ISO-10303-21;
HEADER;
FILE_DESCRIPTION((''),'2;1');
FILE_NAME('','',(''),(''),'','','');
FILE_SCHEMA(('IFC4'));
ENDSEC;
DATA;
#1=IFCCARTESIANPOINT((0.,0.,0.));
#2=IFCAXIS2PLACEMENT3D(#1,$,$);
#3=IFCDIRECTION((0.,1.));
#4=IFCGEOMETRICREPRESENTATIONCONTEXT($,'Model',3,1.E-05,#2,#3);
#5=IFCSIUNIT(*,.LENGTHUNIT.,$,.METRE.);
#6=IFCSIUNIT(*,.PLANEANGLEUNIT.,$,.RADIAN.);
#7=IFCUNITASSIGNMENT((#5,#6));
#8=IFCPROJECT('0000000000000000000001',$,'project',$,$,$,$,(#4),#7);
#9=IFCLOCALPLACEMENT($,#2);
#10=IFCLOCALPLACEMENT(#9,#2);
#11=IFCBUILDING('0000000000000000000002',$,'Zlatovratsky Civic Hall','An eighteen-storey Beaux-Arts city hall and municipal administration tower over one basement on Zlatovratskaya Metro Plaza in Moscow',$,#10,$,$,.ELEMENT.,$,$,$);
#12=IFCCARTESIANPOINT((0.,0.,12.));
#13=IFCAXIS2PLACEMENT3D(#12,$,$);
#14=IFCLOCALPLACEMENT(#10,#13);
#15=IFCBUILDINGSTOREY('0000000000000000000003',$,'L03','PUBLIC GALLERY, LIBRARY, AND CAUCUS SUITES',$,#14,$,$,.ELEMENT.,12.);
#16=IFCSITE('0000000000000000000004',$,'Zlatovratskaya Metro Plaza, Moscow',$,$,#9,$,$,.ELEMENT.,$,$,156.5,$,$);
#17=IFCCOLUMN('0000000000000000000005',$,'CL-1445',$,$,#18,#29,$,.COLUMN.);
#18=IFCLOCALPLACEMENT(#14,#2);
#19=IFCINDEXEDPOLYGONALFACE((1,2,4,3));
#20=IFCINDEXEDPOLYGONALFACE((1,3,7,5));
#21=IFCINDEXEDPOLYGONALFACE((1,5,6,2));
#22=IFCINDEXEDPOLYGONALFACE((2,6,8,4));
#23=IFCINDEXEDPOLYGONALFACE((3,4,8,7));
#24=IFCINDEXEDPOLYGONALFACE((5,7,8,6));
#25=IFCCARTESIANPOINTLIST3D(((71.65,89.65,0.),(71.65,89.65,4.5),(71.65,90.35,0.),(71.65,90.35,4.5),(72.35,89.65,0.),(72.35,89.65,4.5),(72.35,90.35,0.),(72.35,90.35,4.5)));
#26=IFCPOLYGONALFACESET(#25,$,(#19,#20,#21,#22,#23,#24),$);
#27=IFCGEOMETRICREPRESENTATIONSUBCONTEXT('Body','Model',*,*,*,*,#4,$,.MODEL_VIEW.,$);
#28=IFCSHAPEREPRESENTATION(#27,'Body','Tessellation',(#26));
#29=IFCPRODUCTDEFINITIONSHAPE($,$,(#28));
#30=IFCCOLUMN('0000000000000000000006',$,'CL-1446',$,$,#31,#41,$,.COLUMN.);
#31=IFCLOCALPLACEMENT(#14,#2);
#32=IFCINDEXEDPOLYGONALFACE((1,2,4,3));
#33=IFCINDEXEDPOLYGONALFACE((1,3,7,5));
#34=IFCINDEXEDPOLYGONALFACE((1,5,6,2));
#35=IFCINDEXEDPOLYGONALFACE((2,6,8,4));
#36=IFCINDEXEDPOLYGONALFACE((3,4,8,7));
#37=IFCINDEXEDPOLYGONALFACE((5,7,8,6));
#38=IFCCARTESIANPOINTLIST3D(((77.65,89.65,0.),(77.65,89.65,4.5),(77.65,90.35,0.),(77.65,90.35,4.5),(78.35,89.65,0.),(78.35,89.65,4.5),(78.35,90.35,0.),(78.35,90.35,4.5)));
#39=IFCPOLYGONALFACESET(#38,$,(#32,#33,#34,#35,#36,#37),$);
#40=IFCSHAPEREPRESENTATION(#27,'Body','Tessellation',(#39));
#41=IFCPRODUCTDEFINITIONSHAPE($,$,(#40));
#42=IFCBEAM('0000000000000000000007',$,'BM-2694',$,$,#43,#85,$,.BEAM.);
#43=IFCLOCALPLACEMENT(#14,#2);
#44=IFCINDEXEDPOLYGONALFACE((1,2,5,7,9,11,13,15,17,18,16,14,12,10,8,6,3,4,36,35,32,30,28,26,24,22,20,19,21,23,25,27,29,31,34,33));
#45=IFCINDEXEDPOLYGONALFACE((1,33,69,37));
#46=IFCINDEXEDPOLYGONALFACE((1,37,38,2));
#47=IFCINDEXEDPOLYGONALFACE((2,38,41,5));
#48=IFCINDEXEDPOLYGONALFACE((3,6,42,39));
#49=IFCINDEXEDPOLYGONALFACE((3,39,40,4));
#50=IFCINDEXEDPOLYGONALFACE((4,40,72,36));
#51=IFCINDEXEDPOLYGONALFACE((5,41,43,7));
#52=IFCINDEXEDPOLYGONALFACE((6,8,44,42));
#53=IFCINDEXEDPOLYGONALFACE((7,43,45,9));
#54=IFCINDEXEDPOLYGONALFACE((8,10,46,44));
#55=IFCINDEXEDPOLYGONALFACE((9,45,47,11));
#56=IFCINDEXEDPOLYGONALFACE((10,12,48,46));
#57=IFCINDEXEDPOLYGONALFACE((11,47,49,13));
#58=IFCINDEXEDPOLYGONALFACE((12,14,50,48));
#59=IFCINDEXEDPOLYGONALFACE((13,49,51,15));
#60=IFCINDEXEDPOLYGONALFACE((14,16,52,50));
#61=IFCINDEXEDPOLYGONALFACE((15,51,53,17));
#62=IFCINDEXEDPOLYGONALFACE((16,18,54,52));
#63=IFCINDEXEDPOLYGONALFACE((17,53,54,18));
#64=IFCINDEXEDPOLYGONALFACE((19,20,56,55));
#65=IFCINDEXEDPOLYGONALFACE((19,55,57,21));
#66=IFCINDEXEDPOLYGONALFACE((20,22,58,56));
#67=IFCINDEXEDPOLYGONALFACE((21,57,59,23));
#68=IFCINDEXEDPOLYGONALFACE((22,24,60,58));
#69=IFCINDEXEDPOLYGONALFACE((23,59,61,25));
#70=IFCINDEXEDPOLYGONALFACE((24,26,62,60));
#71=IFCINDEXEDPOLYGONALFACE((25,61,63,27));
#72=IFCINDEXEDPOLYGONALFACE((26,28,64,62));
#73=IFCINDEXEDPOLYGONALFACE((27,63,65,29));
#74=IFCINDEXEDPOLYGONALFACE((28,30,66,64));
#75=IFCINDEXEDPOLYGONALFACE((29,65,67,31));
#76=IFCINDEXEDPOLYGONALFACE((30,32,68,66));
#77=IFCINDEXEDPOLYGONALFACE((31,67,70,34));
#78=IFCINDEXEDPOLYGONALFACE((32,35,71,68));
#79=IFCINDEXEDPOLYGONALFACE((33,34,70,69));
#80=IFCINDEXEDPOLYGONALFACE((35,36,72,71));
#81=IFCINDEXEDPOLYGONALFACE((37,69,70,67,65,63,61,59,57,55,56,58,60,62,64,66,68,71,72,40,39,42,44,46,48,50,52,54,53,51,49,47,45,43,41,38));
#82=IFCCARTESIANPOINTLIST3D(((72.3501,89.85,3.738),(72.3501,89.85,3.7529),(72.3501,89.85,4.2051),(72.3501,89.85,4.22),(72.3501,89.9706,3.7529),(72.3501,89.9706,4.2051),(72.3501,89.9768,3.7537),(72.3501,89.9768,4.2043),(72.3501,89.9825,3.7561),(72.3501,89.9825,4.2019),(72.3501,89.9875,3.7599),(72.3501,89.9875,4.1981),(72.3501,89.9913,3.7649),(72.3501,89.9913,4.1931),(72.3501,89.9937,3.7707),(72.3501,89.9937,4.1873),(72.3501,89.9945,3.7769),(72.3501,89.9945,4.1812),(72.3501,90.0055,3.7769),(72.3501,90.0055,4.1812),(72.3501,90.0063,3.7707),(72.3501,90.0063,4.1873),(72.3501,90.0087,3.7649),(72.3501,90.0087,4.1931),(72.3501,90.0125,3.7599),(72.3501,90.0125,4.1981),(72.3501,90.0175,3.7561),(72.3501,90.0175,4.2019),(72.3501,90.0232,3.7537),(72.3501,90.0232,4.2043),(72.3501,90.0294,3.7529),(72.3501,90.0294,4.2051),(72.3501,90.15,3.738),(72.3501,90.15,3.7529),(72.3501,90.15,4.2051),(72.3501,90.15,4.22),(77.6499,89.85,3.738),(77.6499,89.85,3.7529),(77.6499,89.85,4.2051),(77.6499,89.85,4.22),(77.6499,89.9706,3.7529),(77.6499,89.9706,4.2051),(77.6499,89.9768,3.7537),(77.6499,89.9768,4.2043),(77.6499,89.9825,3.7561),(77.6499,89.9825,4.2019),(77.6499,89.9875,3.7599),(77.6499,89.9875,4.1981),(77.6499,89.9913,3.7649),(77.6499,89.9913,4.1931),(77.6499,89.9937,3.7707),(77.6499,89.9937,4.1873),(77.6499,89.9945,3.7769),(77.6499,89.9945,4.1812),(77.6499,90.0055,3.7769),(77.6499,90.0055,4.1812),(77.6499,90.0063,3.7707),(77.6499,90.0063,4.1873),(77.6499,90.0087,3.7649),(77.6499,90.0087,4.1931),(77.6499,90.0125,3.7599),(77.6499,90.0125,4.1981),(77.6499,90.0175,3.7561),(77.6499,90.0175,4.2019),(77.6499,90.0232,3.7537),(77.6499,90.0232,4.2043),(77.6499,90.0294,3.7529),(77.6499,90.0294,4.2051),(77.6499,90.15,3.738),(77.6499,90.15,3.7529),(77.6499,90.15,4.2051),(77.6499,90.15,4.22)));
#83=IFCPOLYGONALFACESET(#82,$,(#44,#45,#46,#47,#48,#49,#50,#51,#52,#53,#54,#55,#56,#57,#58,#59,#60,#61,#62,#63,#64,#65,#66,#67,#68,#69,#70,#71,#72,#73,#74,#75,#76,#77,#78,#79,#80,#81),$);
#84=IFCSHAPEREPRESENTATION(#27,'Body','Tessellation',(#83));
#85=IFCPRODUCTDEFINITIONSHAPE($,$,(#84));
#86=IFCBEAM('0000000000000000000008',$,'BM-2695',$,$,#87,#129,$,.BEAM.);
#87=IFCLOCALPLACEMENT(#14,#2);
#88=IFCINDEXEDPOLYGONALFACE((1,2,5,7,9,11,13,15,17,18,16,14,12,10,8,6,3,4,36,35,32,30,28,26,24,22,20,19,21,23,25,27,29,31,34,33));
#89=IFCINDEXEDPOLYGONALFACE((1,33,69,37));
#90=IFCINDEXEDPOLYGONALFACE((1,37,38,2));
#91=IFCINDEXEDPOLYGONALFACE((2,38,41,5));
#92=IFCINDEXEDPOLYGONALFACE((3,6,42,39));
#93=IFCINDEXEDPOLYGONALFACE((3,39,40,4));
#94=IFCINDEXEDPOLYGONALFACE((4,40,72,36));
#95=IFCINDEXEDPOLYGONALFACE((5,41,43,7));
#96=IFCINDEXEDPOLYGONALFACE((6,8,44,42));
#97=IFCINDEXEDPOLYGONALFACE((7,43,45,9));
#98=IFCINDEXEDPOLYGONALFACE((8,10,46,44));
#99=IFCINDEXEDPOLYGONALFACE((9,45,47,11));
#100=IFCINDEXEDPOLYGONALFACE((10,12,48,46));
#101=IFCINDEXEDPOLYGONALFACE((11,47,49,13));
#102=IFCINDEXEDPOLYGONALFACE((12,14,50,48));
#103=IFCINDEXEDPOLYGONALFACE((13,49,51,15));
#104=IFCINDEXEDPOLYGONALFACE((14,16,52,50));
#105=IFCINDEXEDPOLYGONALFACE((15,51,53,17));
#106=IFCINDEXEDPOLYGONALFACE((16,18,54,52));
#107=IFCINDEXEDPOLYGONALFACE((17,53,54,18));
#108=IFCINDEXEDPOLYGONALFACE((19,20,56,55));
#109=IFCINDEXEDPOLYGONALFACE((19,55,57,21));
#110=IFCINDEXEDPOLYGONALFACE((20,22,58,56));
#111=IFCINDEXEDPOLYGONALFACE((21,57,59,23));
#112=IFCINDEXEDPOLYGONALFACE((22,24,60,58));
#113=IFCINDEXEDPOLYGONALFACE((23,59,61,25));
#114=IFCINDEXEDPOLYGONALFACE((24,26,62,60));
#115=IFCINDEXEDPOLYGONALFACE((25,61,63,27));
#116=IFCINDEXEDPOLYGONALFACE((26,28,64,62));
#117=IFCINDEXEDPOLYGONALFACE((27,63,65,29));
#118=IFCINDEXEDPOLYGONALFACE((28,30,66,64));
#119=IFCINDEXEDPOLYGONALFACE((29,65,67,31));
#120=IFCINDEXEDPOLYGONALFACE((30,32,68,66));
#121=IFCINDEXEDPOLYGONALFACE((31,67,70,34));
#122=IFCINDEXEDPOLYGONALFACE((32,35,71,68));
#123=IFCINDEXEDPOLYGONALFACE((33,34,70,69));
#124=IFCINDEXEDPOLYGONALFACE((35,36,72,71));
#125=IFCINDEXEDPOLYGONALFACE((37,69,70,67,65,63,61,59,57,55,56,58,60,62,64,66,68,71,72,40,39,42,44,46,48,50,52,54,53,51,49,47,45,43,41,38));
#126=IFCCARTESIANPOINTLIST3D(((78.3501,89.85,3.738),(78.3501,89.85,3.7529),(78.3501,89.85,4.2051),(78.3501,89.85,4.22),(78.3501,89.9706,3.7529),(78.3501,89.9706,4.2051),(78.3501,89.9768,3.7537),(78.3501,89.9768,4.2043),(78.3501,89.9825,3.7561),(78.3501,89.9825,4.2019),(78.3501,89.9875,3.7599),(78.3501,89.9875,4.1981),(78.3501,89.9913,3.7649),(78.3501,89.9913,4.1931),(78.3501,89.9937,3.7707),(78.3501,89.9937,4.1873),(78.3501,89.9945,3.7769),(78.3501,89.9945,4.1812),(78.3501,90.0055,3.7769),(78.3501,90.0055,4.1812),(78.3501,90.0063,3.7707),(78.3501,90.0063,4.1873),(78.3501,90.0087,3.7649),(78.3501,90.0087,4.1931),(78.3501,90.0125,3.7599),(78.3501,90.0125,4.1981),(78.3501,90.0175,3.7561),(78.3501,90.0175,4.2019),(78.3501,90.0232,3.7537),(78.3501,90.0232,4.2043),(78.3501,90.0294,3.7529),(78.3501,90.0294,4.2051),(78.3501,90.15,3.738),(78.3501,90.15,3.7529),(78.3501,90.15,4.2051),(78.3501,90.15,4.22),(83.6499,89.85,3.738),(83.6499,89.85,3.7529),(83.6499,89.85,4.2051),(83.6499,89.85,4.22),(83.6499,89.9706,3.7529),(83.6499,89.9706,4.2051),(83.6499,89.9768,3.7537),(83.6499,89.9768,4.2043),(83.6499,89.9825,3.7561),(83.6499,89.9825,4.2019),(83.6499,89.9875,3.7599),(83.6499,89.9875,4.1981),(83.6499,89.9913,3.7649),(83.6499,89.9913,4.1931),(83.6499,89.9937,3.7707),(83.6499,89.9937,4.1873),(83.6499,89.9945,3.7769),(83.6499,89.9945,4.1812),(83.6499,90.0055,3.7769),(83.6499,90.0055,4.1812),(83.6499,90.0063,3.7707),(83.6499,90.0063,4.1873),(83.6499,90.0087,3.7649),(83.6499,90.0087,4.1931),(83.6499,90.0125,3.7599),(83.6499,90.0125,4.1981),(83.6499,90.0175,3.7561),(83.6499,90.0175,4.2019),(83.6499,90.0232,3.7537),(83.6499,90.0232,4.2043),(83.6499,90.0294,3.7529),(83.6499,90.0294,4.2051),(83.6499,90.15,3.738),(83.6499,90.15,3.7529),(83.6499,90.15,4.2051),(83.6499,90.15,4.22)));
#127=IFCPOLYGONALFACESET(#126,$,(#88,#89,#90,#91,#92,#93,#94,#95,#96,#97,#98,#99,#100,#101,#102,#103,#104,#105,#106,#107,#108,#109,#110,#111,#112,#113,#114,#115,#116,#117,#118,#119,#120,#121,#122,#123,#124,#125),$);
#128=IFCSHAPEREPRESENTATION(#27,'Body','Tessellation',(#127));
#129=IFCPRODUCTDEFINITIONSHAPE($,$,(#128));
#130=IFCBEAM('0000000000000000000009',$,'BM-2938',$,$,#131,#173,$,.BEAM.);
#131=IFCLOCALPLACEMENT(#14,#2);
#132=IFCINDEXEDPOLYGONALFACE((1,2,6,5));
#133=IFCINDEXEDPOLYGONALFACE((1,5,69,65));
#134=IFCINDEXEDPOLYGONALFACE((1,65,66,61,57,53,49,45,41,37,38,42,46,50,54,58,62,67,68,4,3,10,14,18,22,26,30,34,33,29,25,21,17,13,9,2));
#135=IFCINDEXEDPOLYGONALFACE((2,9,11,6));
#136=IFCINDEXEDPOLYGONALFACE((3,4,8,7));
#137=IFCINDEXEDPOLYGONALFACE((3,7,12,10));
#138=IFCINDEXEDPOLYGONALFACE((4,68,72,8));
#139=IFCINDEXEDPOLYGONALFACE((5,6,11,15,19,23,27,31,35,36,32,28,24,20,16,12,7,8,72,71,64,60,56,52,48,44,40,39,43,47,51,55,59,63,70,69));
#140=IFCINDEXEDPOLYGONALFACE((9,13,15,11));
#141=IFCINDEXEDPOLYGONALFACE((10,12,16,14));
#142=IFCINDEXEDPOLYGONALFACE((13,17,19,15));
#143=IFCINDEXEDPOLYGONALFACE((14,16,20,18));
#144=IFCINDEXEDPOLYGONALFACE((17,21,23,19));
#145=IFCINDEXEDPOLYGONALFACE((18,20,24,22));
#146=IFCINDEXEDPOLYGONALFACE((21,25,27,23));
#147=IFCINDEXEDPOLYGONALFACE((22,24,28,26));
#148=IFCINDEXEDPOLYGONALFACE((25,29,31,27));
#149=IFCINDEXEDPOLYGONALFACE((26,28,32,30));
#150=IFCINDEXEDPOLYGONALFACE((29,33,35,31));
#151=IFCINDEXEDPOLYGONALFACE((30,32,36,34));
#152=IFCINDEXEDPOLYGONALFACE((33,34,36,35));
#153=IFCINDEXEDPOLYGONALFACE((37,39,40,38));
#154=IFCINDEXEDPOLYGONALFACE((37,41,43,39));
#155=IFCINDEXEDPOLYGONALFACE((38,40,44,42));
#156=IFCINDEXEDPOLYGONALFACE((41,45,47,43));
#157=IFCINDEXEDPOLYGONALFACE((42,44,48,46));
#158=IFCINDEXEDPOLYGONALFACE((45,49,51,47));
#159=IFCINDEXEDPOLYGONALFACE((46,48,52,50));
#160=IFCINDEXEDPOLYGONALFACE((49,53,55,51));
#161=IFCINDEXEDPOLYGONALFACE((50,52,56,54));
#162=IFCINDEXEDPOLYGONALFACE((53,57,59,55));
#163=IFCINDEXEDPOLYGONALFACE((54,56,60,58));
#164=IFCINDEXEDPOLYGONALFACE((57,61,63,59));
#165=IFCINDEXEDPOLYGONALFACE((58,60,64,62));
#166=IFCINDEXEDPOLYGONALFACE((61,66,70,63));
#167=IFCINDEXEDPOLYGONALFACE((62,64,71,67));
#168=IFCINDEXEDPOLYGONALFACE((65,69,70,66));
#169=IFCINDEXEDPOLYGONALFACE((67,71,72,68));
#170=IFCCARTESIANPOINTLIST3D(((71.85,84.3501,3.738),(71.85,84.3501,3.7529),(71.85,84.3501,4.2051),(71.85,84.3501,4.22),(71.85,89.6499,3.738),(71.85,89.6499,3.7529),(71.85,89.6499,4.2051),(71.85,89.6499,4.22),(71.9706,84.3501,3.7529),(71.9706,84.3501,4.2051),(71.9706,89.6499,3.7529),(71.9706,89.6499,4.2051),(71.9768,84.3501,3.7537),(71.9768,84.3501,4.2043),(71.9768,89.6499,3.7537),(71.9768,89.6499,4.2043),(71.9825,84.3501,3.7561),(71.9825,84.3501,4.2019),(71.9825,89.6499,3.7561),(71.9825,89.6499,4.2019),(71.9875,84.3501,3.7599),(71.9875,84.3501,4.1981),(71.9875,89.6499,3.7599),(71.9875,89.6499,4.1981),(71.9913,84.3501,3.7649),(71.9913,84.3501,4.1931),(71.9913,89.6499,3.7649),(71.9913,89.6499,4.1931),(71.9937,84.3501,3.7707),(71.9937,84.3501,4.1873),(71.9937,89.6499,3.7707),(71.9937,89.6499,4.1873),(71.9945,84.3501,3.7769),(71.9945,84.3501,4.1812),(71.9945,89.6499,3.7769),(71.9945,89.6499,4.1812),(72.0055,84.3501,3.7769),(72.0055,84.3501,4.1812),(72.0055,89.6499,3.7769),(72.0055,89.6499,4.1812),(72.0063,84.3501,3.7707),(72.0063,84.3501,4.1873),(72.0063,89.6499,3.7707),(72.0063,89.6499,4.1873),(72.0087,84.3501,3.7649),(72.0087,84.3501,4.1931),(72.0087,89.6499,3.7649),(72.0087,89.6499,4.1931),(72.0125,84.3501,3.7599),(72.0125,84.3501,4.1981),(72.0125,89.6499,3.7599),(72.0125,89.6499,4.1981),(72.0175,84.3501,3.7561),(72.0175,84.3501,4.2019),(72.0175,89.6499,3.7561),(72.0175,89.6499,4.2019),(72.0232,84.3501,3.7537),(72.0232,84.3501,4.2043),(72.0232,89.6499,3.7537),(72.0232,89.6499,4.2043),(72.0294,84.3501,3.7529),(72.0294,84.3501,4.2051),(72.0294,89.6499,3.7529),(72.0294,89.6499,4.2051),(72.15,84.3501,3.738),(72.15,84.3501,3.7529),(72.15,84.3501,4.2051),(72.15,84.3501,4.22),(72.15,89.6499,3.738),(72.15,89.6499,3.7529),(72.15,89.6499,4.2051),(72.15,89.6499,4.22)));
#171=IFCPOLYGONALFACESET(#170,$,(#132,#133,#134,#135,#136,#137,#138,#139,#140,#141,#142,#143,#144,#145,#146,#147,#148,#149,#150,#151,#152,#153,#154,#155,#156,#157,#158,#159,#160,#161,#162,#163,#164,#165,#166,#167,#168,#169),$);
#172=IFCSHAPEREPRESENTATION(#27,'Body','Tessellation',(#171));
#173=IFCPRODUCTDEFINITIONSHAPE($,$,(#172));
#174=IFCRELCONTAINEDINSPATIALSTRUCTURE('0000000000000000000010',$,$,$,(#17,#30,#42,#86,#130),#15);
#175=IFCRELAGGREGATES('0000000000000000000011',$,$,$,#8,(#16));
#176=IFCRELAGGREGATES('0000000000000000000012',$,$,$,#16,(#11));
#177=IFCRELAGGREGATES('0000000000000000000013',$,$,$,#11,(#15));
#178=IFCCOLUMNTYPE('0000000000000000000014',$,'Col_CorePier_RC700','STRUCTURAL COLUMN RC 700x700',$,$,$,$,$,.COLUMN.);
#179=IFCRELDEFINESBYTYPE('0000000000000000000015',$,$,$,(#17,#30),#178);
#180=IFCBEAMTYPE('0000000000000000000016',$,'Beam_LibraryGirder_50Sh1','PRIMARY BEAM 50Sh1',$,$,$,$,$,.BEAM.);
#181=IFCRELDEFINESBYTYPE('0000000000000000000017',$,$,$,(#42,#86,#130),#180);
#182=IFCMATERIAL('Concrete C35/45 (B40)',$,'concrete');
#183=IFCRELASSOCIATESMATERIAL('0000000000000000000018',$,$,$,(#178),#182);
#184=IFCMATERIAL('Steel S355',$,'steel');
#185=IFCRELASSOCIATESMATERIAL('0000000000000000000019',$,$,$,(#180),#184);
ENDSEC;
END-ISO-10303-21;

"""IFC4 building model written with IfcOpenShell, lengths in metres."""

from ifc_helpers import new_model, si_unit, direction, frame, origin, origin_2d, place, context, subcontext, project, spatial, rectangle, i_section, extrude, material, material_profile, profile_set, type_object, element, save


model = new_model("IFC4")

# Units and contexts
model_context = context("Model", 3, precision=1e-05, world=origin(), true_north=direction((0.0, 1.0)))
body_context = subcontext(model_context, "Body", "Model", "MODEL_VIEW")
ifc_project = project(units=[si_unit("LENGTHUNIT", "METRE"), si_unit("PLANEANGLEUNIT", "RADIAN")], contexts=[model_context])

# Site, building, storey
site_placement = place(None, origin())
site = spatial("IfcSite", under=ifc_project, at=site_placement, Name="Zlatovratskaya Metro Plaza, Moscow", CompositionType="ELEMENT", RefElevation=156.5)
building_placement = place(site_placement, origin())
building = spatial("IfcBuilding", under=site, at=building_placement, Name="Zlatovratsky Civic Hall", Description="An eighteen-storey Beaux-Arts city hall and municipal administration tower over one basement on Zlatovratskaya Metro Plaza in Moscow", CompositionType="ELEMENT")
storey_placement = place(building_placement, frame((0.0, 0.0, 12.0)))
storey = spatial("IfcBuildingStorey", under=building, at=storey_placement, Name="L03", Description="PUBLIC GALLERY, LIBRARY, AND CAUCUS SUITES", CompositionType="ELEMENT", Elevation=12.0)

# Columns
ifc_material_1 = material(Name="Concrete C35/45 (B40)", Category="concrete")
ifc_material_profile_1 = material_profile(ifc_material_1, rectangle(XDim=0.7, YDim=0.7, at=origin_2d()), Name="RC 700x700")
ifc_profile_set_1 = profile_set([ifc_material_profile_1], Name="Concrete C35/45 (B40)")
column_type = type_object("IfcColumnType", Name="Col_CorePier_RC700", Description="STRUCTURAL COLUMN RC 700x700", PredefinedType="COLUMN", material=ifc_profile_set_1)
for number, where, z_axis, x_axis, name in (
    (1, (72.0, 90.0, 0.0), (0.0, 0.0, 1.0), (1.0, 0.0, 0.0), "CL-1445"),
    (2, (78.0, 90.0, 0.0), (0.0, 0.0, 1.0), (1.0, 0.0, 0.0), "CL-1446"),
):
    element("IfcColumn", number, at=place(storey_placement, frame(where, z_axis=z_axis, x_axis=x_axis)), inside=storey, type_object=column_type, Name=name, PredefinedType="COLUMN", context=body_context, shape_type="SweptSolid", body=[
        extrude(rectangle(XDim=0.7, YDim=0.7, at=origin_2d()), origin(), (0.0, 0.0, 1.0), 4.5),
    ])

# Beams
ifc_material_2 = material(Name="Steel S355", Category="steel")
ifc_material_profile_2 = material_profile(ifc_material_2, i_section(OverallWidth=0.3, OverallDepth=0.4819, WebThickness=0.011, FlangeThickness=0.0149, FilletRadius=0.0239, at=origin_2d()), Name="50Sh1")
ifc_profile_set_2 = profile_set([ifc_material_profile_2], Name="Steel S355")
beam_type_1 = type_object("IfcBeamType", Name="Beam_LibraryGirder_50Sh1", Description="PRIMARY BEAM 50Sh1", PredefinedType="BEAM", material=ifc_profile_set_2)
for number, where, z_axis, x_axis, name in (
    (3, (72.3501, 90.0, 3.979), (1.0, 0.0, 0.0), (0.0, 1.0, 0.0), "BM-2694"),
    (4, (78.3501, 90.0, 3.979), (1.0, 0.0, 0.0), (0.0, 1.0, 0.0), "BM-2695"),
    (5, (72.0, 84.3501, 3.979), (0.0, 1.0, 0.0), (-1.0, 0.0, 0.0), "BM-2938"),
):
    element("IfcBeam", number, at=place(storey_placement, frame(where, z_axis=z_axis, x_axis=x_axis)), inside=storey, type_object=beam_type_1, Name=name, PredefinedType="BEAM", context=body_context, shape_type="SweptSolid", body=[
        extrude(i_section(OverallWidth=0.3, OverallDepth=0.4819, WebThickness=0.011, FlangeThickness=0.0149, FilletRadius=0.0239, at=origin_2d()), origin(), (0.0, 0.0, 1.0), 5.2998),
    ])

save(model, "model.ifc")
